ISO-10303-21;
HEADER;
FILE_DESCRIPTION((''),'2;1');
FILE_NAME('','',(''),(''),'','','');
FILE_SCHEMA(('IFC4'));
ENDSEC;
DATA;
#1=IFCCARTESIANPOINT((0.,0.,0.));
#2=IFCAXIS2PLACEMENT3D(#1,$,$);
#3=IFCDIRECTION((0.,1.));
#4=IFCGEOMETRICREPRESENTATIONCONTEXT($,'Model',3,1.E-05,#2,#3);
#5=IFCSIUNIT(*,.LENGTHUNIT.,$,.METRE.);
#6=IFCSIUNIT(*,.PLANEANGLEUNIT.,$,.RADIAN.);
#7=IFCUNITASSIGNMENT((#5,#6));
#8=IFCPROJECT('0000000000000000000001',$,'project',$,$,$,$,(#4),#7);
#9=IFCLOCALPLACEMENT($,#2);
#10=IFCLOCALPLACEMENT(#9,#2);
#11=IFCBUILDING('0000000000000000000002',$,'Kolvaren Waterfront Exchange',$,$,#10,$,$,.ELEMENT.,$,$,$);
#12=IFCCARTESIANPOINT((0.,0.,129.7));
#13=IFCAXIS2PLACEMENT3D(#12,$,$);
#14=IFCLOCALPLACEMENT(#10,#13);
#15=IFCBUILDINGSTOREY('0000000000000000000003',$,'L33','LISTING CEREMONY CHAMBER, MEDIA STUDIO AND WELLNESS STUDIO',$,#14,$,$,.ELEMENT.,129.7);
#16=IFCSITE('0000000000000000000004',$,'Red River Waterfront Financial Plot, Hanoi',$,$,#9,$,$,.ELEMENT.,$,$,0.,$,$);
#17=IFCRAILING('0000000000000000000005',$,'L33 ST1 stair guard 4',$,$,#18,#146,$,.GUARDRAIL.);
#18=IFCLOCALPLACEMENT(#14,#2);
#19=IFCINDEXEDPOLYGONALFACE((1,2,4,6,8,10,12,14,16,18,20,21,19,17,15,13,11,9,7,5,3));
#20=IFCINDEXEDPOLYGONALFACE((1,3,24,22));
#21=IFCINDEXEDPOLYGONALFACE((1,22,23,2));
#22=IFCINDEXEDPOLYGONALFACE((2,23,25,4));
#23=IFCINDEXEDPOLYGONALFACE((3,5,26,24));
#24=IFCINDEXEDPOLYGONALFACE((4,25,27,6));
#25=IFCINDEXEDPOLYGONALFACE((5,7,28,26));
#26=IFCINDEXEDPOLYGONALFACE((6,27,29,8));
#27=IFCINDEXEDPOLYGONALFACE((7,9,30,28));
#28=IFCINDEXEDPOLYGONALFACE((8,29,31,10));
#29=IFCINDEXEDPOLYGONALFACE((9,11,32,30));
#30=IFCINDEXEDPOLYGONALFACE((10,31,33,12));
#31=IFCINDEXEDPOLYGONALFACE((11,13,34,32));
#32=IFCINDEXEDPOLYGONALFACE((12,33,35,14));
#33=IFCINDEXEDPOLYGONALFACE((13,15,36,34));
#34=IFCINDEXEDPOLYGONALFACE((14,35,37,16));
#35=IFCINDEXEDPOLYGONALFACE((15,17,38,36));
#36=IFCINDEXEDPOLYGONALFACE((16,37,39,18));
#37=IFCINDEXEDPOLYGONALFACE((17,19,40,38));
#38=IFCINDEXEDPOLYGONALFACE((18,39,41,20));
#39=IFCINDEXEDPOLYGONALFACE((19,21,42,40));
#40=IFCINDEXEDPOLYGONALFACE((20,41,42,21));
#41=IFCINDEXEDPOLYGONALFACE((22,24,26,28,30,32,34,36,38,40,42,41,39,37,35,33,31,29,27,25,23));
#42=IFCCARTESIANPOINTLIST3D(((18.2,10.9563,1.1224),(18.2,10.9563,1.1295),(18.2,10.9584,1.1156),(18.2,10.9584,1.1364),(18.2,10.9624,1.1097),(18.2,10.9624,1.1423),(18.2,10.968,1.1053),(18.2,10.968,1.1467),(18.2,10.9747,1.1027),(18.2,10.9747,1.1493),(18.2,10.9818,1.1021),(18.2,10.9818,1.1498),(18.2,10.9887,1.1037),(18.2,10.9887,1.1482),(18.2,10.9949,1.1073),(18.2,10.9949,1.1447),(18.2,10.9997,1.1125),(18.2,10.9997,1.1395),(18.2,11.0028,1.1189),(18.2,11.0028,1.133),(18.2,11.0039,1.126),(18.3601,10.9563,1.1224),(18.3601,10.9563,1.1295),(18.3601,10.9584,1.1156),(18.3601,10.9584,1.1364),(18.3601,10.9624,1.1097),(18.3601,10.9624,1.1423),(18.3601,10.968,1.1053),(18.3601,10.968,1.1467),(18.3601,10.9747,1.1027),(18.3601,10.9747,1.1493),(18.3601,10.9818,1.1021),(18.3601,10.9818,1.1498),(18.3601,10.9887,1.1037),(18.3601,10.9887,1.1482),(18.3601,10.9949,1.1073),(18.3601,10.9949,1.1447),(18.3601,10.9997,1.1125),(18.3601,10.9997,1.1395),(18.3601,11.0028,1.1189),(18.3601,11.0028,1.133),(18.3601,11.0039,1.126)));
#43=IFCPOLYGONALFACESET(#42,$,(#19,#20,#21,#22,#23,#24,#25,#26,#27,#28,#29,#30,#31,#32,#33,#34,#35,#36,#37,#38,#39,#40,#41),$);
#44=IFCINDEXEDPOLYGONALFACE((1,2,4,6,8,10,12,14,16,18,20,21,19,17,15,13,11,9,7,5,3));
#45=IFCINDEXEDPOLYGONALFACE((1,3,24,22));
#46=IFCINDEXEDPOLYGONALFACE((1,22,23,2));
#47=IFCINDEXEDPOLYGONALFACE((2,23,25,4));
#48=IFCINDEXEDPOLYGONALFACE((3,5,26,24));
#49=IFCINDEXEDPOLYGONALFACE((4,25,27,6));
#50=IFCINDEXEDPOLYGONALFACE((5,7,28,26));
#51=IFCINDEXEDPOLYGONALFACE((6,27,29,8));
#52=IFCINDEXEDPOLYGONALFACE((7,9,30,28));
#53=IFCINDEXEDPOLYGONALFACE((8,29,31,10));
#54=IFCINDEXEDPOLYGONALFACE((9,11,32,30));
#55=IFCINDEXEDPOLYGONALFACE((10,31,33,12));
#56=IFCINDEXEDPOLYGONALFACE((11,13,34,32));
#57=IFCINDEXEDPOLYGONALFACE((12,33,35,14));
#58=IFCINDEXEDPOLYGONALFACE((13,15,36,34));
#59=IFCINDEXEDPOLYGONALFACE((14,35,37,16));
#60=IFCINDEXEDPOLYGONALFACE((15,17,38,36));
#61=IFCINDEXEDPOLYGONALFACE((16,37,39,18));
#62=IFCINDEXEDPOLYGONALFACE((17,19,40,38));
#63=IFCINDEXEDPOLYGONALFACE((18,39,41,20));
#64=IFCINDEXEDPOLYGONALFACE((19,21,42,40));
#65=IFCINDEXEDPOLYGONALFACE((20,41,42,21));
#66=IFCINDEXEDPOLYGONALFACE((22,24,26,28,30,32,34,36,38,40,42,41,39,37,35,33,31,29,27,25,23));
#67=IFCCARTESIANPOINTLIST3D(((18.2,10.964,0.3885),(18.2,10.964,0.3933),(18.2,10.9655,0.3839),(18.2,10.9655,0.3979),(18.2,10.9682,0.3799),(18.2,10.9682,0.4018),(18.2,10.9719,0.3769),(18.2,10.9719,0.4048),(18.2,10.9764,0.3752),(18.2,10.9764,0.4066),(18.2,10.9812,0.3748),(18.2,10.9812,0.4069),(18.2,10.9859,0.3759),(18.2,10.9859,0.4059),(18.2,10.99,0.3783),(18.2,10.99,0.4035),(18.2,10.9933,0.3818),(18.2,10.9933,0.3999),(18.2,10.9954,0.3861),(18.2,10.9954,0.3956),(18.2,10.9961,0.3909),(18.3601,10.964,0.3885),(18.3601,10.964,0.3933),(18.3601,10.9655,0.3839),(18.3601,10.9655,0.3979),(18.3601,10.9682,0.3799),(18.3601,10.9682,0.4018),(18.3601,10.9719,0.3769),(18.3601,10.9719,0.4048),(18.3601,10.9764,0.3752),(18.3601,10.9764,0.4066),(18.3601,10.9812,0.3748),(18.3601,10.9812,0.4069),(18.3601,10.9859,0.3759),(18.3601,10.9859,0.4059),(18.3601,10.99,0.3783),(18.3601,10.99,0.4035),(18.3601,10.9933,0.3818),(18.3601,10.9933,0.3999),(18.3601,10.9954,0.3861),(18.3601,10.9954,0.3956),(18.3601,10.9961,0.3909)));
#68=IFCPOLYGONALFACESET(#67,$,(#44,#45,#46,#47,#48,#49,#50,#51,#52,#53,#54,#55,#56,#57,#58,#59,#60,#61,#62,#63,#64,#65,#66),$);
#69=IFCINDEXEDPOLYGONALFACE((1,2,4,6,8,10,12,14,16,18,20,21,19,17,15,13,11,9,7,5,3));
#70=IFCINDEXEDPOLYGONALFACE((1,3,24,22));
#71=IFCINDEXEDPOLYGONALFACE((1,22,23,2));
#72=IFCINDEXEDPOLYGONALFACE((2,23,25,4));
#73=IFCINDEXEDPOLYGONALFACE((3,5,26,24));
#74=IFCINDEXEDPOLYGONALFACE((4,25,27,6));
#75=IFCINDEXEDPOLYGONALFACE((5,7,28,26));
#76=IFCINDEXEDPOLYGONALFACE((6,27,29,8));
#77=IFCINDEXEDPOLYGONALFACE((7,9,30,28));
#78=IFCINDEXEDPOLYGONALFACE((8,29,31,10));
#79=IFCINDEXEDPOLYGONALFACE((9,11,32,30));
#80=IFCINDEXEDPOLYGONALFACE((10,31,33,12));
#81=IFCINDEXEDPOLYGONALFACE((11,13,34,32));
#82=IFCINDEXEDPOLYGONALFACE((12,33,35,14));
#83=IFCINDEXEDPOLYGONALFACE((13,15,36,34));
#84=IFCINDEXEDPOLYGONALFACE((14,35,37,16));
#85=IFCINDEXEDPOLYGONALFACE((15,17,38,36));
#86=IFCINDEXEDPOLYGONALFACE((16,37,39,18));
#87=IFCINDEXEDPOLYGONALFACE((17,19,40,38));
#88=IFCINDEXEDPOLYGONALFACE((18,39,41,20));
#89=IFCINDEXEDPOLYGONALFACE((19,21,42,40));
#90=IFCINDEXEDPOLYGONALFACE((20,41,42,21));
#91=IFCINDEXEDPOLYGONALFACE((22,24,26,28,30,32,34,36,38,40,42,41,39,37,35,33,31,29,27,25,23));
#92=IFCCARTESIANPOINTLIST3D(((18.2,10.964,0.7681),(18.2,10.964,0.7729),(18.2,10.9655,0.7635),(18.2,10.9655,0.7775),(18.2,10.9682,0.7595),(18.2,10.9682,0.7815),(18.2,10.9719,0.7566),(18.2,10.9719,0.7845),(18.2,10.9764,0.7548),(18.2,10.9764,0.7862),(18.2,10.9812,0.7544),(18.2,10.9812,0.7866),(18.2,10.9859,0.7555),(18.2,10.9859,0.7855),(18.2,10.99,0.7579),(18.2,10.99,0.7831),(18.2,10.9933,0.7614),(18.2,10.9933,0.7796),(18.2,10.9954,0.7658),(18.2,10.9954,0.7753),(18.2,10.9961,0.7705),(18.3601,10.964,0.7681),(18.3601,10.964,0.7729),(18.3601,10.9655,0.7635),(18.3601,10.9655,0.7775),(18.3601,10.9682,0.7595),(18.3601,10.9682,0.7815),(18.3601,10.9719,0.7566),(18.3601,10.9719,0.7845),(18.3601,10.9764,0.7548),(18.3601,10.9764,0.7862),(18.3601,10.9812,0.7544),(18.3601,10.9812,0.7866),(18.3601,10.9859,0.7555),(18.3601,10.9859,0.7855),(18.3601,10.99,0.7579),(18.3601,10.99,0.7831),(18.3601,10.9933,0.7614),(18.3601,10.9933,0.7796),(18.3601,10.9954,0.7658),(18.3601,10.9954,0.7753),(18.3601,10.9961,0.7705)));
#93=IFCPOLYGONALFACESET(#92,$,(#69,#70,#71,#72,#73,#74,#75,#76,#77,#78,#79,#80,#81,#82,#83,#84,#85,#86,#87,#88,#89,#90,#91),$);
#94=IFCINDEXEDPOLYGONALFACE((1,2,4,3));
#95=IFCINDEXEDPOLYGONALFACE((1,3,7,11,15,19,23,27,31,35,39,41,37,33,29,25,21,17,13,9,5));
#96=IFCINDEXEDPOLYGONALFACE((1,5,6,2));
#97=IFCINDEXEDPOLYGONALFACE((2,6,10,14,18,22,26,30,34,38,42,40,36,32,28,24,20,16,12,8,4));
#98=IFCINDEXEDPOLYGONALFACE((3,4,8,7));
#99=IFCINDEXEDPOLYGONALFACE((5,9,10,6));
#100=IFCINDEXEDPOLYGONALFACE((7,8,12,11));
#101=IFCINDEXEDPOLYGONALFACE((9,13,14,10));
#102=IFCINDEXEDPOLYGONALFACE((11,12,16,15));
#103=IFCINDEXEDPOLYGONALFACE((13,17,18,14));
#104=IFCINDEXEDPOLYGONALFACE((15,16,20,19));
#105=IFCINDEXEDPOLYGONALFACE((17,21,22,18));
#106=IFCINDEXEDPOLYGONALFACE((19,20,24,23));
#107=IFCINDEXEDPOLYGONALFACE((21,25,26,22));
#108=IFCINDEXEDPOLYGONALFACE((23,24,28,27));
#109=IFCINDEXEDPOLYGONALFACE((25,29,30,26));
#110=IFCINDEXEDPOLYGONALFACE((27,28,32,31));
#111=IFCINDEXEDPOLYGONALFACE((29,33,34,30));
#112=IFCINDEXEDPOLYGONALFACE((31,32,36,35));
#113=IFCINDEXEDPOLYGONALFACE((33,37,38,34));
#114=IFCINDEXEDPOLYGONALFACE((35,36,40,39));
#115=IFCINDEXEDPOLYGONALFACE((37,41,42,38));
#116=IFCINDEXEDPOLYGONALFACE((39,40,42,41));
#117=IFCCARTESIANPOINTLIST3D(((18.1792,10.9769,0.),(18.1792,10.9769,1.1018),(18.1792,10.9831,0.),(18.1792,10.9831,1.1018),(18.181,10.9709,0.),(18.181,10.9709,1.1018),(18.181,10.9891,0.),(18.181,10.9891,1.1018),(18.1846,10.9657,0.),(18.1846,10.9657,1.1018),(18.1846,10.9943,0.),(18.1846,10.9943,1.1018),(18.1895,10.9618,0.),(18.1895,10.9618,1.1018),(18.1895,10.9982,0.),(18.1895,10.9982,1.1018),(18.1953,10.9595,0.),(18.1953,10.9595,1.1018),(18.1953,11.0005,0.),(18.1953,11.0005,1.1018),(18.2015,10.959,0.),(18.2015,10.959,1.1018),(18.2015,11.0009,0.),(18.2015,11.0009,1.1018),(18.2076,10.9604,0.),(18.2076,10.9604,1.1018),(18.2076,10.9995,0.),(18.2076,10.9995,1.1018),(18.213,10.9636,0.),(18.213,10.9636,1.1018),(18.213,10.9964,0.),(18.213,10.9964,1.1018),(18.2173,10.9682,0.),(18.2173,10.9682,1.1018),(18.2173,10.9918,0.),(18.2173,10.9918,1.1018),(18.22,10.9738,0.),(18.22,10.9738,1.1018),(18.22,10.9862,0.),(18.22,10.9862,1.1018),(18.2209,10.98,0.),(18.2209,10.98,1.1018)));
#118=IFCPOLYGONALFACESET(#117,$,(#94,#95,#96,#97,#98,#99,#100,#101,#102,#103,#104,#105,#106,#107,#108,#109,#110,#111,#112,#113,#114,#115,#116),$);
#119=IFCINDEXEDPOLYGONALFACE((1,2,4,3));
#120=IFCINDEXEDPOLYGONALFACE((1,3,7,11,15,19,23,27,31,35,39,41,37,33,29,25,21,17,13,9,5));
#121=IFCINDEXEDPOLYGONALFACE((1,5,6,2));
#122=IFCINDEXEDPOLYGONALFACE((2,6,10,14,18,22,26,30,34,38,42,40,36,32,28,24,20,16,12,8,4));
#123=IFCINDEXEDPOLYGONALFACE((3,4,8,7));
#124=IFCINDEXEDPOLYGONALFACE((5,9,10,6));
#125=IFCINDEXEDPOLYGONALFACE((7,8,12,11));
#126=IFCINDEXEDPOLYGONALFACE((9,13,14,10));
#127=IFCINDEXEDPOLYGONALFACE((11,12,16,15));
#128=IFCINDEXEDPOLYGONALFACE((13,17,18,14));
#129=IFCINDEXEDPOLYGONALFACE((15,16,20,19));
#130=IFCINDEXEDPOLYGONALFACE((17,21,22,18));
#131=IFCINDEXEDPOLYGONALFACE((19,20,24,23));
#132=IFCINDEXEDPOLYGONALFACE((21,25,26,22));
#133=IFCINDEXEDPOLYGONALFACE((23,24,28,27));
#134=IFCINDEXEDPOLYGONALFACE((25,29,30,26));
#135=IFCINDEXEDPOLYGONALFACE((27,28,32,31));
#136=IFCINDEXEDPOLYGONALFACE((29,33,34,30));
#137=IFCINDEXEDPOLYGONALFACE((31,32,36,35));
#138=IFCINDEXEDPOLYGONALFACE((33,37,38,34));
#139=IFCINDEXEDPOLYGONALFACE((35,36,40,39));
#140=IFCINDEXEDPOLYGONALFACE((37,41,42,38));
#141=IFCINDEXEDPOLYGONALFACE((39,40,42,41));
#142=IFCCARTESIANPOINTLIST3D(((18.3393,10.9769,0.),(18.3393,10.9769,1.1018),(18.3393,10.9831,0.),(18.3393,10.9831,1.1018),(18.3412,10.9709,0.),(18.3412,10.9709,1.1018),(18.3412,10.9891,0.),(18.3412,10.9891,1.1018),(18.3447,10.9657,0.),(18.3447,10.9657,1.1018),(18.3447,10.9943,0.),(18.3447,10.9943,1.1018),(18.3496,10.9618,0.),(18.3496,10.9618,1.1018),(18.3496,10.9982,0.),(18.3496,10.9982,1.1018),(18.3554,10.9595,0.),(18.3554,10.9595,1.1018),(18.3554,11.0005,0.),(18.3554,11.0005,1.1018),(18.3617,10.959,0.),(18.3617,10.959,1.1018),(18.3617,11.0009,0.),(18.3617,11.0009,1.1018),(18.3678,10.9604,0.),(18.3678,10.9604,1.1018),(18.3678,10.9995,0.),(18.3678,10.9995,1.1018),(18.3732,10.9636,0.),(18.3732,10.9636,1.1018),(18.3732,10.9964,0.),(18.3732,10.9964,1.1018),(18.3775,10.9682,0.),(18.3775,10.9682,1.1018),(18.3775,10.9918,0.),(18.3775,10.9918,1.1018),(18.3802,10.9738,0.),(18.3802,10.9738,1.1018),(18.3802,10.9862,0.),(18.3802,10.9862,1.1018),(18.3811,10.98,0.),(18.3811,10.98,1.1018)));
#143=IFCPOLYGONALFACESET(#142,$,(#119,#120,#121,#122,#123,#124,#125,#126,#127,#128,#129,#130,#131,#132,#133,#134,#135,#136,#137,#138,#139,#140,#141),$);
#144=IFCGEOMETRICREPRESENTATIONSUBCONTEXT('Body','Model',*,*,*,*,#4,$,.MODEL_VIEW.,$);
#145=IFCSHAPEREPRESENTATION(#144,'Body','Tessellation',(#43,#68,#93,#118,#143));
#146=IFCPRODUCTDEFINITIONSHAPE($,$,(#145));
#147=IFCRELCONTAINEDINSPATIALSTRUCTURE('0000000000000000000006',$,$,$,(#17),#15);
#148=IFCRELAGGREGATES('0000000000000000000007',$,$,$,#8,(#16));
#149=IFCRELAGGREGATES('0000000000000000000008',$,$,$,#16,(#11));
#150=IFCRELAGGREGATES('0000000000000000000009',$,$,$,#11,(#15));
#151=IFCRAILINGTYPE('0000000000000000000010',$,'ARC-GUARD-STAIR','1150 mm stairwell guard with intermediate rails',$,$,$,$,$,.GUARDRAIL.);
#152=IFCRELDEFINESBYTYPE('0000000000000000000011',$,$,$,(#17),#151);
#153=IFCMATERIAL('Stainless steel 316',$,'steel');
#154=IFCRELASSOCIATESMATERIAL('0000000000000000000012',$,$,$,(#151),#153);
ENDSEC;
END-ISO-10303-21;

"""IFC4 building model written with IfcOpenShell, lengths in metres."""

from ifc_helpers import new_model, si_unit, direction, frame, origin, origin_2d, place, context, subcontext, project, spatial, circle, extrude, material, type_object, element, save


model = new_model("IFC4")

# Units and contexts
model_context = context("Model", 3, precision=1e-05, world=origin(), true_north=direction((0.0, 1.0)))
body_context = subcontext(model_context, "Body", "Model", "MODEL_VIEW")
ifc_project = project(units=[si_unit("LENGTHUNIT", "METRE"), si_unit("PLANEANGLEUNIT", "RADIAN")], contexts=[model_context])

# Site, building, storey
site_placement = place(None, origin())
site = spatial("IfcSite", under=ifc_project, at=site_placement, Name="Red River Waterfront Financial Plot, Hanoi", CompositionType="ELEMENT", RefElevation=0.0)
building_placement = place(site_placement, origin())
building = spatial("IfcBuilding", under=site, at=building_placement, Name="Kolvaren Waterfront Exchange", CompositionType="ELEMENT")
storey_placement = place(building_placement, frame((0.0, 0.0, 129.7)))
storey = spatial("IfcBuildingStorey", under=building, at=storey_placement, Name="L33", Description="LISTING CEREMONY CHAMBER, MEDIA STUDIO AND WELLNESS STUDIO", CompositionType="ELEMENT", Elevation=129.7)

# Railing
ifc_material_1 = material(Name="Stainless steel 316", Category="steel")
railing_type_1 = type_object("IfcRailingType", Name="ARC-GUARD-STAIR", Description="1150 mm stairwell guard with intermediate rails", PredefinedType="GUARDRAIL", material=ifc_material_1)
railing_1_placement = place(storey_placement, frame((18.2, 10.98, 0.0)))
element("IfcRailing", 1, at=railing_1_placement, inside=storey, type_object=railing_type_1, Name="L33 ST1 stair guard 4", PredefinedType="GUARDRAIL", context=body_context, shape_type="SweptSolid", body=[
    extrude(circle(Radius=0.0239, at=origin_2d()), frame((0.0, 0.0, 1.126), z_axis=(1.0, 0.0, 0.0), x_axis=(0.0, 1.0, 0.0)), (0.0, 0.0, 1.0), 0.1602),
    extrude(circle(Radius=0.0161, at=origin_2d()), frame((0.0, 0.0, 0.3909), z_axis=(1.0, 0.0, 0.0), x_axis=(0.0, 1.0, 0.0)), (0.0, 0.0, 1.0), 0.1602),
    extrude(circle(Radius=0.0161, at=origin_2d()), frame((0.0, 0.0, 0.7705), z_axis=(1.0, 0.0, 0.0), x_axis=(0.0, 1.0, 0.0)), (0.0, 0.0, 1.0), 0.1602),
    extrude(circle(Radius=0.021, at=origin_2d()), origin(), (0.0, 0.0, 1.0), 1.1018),
    extrude(circle(Radius=0.021, at=origin_2d()), frame((0.1602, 0.0, 0.0)), (0.0, 0.0, 1.0), 1.1018),
])

save(model, "model.ifc")
